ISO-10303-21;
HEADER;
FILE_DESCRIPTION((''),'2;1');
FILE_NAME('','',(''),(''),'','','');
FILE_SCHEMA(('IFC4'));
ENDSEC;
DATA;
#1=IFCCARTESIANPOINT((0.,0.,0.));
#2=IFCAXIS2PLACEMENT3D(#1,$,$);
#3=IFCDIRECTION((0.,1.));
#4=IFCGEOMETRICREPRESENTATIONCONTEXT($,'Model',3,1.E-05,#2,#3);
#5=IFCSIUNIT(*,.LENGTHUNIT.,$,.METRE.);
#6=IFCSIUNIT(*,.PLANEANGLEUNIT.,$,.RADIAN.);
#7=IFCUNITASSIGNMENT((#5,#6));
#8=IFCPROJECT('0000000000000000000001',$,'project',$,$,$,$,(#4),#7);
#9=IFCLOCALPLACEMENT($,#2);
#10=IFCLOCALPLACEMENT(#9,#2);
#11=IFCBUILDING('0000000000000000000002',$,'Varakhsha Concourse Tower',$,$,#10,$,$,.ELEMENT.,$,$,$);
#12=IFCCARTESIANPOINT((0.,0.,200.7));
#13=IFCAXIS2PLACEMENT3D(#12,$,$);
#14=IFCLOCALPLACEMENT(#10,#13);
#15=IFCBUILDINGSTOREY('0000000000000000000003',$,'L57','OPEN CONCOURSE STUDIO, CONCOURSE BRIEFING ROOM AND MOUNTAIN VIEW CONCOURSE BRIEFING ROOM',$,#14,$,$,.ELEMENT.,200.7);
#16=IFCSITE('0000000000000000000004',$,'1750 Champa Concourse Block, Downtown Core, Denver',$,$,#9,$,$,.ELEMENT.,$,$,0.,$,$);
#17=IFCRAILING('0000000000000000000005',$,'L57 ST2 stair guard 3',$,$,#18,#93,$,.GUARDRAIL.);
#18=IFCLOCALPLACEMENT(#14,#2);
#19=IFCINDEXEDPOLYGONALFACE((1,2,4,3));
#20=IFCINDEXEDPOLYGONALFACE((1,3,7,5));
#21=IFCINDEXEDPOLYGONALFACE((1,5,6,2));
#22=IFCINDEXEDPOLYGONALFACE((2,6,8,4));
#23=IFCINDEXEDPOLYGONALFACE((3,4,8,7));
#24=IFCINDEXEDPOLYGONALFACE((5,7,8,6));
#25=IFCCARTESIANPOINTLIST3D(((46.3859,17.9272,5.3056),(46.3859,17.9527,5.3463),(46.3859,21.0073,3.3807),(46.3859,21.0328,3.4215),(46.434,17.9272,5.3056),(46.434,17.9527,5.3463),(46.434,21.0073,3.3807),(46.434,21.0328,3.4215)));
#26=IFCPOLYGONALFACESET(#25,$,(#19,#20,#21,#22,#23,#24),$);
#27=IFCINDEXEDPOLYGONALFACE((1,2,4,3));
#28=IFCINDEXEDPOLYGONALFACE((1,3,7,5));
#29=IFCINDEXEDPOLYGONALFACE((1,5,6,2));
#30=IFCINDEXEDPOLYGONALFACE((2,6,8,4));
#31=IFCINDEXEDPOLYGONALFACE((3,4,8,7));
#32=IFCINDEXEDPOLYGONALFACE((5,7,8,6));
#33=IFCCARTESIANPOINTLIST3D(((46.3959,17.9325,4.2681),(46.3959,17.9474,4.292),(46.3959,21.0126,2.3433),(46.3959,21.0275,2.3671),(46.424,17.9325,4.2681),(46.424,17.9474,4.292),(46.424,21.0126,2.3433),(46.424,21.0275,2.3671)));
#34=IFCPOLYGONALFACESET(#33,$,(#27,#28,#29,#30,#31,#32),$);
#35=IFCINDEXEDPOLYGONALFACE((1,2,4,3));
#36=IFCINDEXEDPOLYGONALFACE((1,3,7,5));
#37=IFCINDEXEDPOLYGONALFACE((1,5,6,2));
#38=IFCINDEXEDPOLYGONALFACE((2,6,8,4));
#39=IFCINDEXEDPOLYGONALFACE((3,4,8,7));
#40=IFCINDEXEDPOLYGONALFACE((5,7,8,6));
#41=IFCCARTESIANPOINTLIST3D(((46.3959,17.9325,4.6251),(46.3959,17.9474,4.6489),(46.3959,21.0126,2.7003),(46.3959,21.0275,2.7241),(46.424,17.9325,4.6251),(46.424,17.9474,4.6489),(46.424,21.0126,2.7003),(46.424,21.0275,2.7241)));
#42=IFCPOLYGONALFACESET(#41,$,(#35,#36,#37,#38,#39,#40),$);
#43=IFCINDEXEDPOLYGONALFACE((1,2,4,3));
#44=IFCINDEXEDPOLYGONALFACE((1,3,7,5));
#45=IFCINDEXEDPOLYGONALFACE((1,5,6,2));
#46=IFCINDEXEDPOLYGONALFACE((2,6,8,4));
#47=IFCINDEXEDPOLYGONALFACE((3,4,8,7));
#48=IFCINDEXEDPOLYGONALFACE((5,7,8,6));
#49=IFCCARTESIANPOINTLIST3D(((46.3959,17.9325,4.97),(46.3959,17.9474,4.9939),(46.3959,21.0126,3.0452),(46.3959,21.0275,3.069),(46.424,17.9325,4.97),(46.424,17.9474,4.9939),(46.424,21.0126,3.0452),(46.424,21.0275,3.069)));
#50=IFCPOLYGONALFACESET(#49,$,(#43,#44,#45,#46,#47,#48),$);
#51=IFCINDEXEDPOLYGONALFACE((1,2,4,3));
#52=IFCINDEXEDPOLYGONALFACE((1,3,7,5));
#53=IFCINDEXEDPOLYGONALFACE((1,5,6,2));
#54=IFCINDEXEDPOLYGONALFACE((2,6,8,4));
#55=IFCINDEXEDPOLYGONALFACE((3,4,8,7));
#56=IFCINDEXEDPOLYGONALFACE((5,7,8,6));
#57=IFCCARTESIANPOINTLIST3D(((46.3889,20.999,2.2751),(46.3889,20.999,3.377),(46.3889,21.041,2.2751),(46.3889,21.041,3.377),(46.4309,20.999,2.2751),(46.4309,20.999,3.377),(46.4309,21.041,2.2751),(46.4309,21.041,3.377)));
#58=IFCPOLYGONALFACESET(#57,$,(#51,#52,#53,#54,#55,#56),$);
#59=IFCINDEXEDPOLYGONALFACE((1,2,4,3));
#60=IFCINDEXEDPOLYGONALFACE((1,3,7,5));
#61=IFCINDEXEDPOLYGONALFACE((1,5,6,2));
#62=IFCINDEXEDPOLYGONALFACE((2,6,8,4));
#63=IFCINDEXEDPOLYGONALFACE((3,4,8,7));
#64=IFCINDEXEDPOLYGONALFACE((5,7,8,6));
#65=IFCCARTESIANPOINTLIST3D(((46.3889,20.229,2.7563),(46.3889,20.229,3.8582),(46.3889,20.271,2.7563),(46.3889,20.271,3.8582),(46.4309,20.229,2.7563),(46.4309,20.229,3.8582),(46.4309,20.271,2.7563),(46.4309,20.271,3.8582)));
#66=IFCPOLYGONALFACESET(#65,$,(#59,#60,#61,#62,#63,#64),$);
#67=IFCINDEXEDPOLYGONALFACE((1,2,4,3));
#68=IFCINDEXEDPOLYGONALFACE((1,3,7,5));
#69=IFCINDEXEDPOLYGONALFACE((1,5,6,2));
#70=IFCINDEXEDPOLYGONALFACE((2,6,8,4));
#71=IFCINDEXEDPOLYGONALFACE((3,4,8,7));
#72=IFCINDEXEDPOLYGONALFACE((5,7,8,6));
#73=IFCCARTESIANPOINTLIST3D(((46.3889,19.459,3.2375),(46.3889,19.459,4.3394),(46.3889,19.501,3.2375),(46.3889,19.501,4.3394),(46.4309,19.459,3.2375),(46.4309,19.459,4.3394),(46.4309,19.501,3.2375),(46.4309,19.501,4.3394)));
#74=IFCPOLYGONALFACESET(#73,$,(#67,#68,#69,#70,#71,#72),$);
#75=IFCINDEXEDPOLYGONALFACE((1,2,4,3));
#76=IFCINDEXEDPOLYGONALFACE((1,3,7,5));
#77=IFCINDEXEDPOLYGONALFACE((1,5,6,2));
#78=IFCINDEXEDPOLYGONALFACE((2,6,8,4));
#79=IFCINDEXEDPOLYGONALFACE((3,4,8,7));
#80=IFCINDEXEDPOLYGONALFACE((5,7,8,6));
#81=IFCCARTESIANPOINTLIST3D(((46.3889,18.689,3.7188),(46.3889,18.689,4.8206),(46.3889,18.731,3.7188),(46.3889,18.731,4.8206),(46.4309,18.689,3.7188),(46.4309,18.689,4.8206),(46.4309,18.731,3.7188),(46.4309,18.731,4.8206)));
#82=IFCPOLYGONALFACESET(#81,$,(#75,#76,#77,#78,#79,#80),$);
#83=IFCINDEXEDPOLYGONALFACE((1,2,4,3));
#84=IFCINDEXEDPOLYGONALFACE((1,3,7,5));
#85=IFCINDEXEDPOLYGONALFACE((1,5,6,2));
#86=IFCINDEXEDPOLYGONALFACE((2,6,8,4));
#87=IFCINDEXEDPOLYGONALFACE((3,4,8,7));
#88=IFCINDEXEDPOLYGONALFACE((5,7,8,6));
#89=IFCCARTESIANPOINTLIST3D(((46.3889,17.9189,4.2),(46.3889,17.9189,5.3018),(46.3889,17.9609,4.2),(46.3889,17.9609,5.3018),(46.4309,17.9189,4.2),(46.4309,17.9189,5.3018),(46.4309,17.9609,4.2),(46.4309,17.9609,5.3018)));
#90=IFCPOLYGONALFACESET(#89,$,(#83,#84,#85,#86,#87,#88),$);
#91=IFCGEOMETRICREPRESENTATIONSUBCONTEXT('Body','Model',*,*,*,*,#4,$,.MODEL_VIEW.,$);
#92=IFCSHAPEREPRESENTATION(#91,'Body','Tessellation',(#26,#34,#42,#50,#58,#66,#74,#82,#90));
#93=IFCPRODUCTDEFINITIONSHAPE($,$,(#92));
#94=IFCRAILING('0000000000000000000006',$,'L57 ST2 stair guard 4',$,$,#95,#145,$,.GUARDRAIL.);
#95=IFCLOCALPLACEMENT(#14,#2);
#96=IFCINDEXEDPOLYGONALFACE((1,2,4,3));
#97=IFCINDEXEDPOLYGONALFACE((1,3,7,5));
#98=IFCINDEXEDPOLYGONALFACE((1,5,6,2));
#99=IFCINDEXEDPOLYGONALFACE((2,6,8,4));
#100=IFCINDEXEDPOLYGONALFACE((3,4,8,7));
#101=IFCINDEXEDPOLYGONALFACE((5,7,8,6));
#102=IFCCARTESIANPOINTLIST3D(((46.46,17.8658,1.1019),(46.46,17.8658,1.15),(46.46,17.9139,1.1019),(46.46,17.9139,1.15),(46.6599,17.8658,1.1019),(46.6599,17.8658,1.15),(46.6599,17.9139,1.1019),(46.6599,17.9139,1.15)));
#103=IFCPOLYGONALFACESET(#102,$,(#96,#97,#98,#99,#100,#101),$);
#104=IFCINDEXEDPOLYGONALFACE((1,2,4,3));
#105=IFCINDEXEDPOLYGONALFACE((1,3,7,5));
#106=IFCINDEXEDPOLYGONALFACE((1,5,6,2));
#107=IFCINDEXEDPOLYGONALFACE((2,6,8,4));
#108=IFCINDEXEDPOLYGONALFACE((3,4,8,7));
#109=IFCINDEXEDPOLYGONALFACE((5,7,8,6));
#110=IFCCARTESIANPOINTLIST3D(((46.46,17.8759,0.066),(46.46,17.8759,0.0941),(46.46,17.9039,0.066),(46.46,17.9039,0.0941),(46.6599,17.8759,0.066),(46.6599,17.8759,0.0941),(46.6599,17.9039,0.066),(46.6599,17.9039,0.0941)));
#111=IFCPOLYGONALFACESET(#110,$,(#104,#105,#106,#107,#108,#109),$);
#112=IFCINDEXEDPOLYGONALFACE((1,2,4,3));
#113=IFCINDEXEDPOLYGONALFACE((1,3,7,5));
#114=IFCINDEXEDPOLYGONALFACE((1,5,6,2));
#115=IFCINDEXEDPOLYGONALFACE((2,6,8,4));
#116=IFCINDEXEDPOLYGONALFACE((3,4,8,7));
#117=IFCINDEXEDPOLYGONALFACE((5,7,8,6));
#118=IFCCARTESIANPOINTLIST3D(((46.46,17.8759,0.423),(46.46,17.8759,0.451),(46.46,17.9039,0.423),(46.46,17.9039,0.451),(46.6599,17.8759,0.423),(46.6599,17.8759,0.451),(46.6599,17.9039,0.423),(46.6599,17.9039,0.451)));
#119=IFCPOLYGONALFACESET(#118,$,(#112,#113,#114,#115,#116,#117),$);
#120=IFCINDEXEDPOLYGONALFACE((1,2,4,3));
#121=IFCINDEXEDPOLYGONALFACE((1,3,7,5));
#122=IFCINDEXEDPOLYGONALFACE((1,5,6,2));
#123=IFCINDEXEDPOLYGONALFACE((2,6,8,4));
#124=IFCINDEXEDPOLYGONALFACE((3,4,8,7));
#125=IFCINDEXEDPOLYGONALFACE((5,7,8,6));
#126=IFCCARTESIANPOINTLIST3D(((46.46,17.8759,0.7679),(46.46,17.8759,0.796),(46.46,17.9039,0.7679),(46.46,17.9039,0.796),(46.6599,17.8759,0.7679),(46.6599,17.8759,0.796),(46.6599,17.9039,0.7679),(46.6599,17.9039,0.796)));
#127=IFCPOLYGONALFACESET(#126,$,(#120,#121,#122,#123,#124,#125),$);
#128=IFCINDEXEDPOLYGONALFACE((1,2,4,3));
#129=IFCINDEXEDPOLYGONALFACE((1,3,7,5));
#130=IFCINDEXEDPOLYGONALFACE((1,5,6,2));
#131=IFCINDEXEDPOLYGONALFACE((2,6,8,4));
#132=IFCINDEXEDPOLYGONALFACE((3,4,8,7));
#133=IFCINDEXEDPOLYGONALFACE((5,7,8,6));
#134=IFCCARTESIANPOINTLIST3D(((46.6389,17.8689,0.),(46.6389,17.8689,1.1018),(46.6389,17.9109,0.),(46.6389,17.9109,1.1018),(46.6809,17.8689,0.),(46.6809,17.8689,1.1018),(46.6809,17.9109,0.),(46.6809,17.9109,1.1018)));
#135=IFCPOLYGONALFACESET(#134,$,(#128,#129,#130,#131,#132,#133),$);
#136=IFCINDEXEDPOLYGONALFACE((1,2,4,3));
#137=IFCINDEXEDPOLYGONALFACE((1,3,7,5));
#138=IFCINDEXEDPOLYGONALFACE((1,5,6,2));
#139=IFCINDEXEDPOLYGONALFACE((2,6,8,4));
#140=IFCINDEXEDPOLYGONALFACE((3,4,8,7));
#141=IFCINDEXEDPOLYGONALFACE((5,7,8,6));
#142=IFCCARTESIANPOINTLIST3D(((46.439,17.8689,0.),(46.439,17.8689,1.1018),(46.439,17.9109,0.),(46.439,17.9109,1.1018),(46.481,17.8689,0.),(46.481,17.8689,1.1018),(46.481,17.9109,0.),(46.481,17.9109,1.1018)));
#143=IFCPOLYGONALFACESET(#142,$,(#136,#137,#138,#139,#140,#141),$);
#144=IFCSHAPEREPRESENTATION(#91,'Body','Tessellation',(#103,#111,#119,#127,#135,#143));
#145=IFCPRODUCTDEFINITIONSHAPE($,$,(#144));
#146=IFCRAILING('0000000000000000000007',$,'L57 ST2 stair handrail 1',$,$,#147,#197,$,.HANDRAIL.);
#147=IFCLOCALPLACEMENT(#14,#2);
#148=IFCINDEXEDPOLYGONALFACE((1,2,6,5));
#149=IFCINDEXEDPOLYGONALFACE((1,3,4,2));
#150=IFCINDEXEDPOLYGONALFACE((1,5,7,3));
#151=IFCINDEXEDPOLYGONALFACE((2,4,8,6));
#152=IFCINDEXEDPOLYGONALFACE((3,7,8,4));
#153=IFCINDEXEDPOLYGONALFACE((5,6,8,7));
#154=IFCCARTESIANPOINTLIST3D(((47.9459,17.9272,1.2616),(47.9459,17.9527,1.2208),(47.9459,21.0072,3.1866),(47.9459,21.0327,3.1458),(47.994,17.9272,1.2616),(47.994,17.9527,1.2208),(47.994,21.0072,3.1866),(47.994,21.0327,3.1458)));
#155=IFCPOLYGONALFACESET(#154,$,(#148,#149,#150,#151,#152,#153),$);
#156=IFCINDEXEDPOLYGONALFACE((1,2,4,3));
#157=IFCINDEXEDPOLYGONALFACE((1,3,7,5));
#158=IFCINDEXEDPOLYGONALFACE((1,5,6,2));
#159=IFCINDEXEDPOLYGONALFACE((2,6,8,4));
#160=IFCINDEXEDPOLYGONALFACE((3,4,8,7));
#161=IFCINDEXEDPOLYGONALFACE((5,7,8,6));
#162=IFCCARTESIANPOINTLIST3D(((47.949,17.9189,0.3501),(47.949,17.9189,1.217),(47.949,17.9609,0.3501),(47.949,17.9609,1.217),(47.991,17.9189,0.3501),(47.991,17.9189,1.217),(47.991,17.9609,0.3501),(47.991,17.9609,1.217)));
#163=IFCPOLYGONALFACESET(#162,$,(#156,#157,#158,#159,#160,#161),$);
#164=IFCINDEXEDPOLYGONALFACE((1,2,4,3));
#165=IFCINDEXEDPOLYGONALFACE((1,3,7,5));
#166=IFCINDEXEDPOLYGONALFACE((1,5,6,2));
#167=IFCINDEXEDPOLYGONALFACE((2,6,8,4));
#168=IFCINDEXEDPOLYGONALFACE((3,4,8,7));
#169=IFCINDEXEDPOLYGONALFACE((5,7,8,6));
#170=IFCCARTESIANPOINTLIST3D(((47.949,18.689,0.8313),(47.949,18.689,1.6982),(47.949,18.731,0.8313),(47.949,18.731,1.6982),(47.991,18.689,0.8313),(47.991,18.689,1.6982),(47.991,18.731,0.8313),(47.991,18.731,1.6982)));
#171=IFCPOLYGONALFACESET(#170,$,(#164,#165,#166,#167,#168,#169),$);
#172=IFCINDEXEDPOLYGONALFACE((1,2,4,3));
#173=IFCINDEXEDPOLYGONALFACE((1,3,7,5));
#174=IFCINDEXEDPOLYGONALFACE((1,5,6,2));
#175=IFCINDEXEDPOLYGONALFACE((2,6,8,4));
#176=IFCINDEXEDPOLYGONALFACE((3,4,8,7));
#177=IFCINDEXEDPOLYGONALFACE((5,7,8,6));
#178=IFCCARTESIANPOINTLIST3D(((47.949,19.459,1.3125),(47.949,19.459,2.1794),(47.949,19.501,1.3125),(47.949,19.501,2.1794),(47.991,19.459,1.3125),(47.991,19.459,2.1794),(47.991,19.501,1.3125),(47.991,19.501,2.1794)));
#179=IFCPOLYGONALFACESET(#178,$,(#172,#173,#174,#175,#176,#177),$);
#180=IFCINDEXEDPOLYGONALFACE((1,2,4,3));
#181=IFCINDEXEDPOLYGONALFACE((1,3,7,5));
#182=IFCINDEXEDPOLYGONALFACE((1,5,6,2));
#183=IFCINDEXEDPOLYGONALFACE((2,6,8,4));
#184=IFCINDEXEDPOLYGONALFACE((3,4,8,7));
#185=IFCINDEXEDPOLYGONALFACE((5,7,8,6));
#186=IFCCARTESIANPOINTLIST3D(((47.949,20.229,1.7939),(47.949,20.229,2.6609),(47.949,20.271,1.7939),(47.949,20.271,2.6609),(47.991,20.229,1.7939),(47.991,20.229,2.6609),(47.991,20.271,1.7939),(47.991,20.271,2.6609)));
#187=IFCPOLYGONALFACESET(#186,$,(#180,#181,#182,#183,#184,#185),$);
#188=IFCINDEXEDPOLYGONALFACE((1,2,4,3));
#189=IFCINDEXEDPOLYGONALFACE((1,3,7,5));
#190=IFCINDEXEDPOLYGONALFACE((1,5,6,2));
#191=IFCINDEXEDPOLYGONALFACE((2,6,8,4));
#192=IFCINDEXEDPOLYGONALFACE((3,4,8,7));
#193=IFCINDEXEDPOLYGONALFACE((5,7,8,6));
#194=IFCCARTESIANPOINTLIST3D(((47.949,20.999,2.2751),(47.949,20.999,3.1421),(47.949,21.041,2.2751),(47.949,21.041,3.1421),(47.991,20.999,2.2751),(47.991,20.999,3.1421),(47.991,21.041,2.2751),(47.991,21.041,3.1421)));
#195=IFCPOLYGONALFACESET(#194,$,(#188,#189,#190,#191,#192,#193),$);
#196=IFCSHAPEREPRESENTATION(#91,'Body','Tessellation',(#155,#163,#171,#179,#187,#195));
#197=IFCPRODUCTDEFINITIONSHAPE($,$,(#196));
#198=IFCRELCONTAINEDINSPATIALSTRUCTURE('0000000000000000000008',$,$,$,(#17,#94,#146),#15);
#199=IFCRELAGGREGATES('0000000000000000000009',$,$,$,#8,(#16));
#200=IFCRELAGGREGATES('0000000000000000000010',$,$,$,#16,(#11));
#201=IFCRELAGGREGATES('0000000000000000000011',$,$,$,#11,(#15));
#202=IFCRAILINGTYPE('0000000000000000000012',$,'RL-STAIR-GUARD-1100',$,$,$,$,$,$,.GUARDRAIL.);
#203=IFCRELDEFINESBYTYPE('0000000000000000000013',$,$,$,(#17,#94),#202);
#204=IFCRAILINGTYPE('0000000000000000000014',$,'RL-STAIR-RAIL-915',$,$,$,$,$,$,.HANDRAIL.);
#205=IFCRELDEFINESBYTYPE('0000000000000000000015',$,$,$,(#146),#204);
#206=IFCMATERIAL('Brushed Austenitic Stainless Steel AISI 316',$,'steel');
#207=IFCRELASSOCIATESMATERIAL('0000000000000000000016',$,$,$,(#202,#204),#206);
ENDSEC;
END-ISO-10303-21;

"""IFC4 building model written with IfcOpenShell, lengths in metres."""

from ifc_helpers import new_model, si_unit, direction, frame, origin, origin_2d, place, context, subcontext, project, spatial, rectangle, extrude, material, type_object, element, save


model = new_model("IFC4")

# Units and contexts
model_context = context("Model", 3, precision=1e-05, world=origin(), true_north=direction((0.0, 1.0)))
body_context = subcontext(model_context, "Body", "Model", "MODEL_VIEW")
ifc_project = project(units=[si_unit("LENGTHUNIT", "METRE"), si_unit("PLANEANGLEUNIT", "RADIAN")], contexts=[model_context])

# Site, building, storey
site_placement = place(None, origin())
site = spatial("IfcSite", under=ifc_project, at=site_placement, Name="1750 Champa Concourse Block, Downtown Core, Denver", CompositionType="ELEMENT", RefElevation=0.0)
building_placement = place(site_placement, origin())
building = spatial("IfcBuilding", under=site, at=building_placement, Name="Varakhsha Concourse Tower", CompositionType="ELEMENT")
storey_placement = place(building_placement, frame((0.0, 0.0, 200.7)))
storey = spatial("IfcBuildingStorey", under=building, at=storey_placement, Name="L57", Description="OPEN CONCOURSE STUDIO, CONCOURSE BRIEFING ROOM AND MOUNTAIN VIEW CONCOURSE BRIEFING ROOM", CompositionType="ELEMENT", Elevation=200.7)

# Railings
ifc_material_1 = material(Name="Brushed Austenitic Stainless Steel AISI 316", Category="steel")
railing_type_1 = type_object("IfcRailingType", Name="RL-STAIR-GUARD-1100", PredefinedType="GUARDRAIL", material=ifc_material_1)
railing_1_placement = place(storey_placement, frame((46.4099, 21.02, 2.2751)))
element("IfcRailing", 1, at=railing_1_placement, inside=storey, type_object=railing_type_1, Name="L57 ST2 stair guard 3", PredefinedType="GUARDRAIL", context=body_context, shape_type="SweptSolid", body=[
    extrude(rectangle(XDim=0.0481, YDim=0.0481, at=origin_2d()), frame((0.0, 0.0, 1.126), z_axis=(0.0, -0.848029, 0.529951), x_axis=(1.0, 0.0, 0.0)), (0.0, 0.0, 1.0), 3.6321),
    extrude(rectangle(XDim=0.0281, YDim=0.0281, at=origin_2d()), frame((0.0, 0.0, 0.0801), z_axis=(0.0, -0.848029, 0.529951), x_axis=(1.0, 0.0, 0.0)), (0.0, 0.0, 1.0), 3.6321),
    extrude(rectangle(XDim=0.0281, YDim=0.0281, at=origin_2d()), frame((0.0, 0.0, 0.437), z_axis=(0.0, -0.848029, 0.529951), x_axis=(1.0, 0.0, 0.0)), (0.0, 0.0, 1.0), 3.6321),
    extrude(rectangle(XDim=0.0281, YDim=0.0281, at=origin_2d()), frame((0.0, 0.0, 0.782), z_axis=(0.0, -0.848029, 0.529951), x_axis=(1.0, 0.0, 0.0)), (0.0, 0.0, 1.0), 3.6321),
    extrude(rectangle(XDim=0.042, YDim=0.042, at=origin_2d()), origin(), (0.0, 0.0, 1.0), 1.1018),
    extrude(rectangle(XDim=0.042, YDim=0.042, at=origin_2d()), frame((0.0, -0.77, 0.4812)), (0.0, 0.0, 1.0), 1.1018),
    extrude(rectangle(XDim=0.042, YDim=0.042, at=origin_2d()), frame((0.0, -1.54, 0.9624)), (0.0, 0.0, 1.0), 1.1018),
    extrude(rectangle(XDim=0.042, YDim=0.042, at=origin_2d()), frame((0.0, -2.3101, 1.4436)), (0.0, 0.0, 1.0), 1.1018),
    extrude(rectangle(XDim=0.042, YDim=0.042, at=origin_2d()), frame((0.0, -3.0801, 1.9248)), (0.0, 0.0, 1.0), 1.1018),
])
railing_2_placement = place(storey_placement, frame((46.6599, 17.8899, 0.0)))
element("IfcRailing", 2, at=railing_2_placement, inside=storey, type_object=railing_type_1, Name="L57 ST2 stair guard 4", PredefinedType="GUARDRAIL", context=body_context, shape_type="SweptSolid", body=[
    extrude(rectangle(XDim=0.0481, YDim=0.0481, at=origin_2d()), frame((0.0, 0.0, 1.126), z_axis=(-1.0, 0.0, 0.0), x_axis=(0.0, -1.0, 0.0)), (0.0, 0.0, 1.0), 0.2),
    extrude(rectangle(XDim=0.0281, YDim=0.0281, at=origin_2d()), frame((0.0, 0.0, 0.0801), z_axis=(-1.0, 0.0, 0.0), x_axis=(0.0, -1.0, 0.0)), (0.0, 0.0, 1.0), 0.2),
    extrude(rectangle(XDim=0.0281, YDim=0.0281, at=origin_2d()), frame((0.0, 0.0, 0.437), z_axis=(-1.0, 0.0, 0.0), x_axis=(0.0, -1.0, 0.0)), (0.0, 0.0, 1.0), 0.2),
    extrude(rectangle(XDim=0.0281, YDim=0.0281, at=origin_2d()), frame((0.0, 0.0, 0.782), z_axis=(-1.0, 0.0, 0.0), x_axis=(0.0, -1.0, 0.0)), (0.0, 0.0, 1.0), 0.2),
    extrude(rectangle(XDim=0.042, YDim=0.042, at=origin_2d()), origin(), (0.0, 0.0, 1.0), 1.1018),
    extrude(rectangle(XDim=0.042, YDim=0.042, at=origin_2d()), frame((-0.2, 0.0, 0.0)), (0.0, 0.0, 1.0), 1.1018),
])
railing_type_2 = type_object("IfcRailingType", Name="RL-STAIR-RAIL-915", PredefinedType="HANDRAIL", material=ifc_material_1)
railing_3_placement = place(storey_placement, frame((47.97, 17.9399, 0.3501)))
element("IfcRailing", 3, at=railing_3_placement, inside=storey, type_object=railing_type_2, Name="L57 ST2 stair handrail 1", PredefinedType="HANDRAIL", context=body_context, shape_type="SweptSolid", body=[
    extrude(rectangle(XDim=0.0481, YDim=0.0481, at=origin_2d()), frame((0.0, 0.0, 0.8911), z_axis=(0.0, 0.847998, 0.529999), x_axis=(-1.0, 0.0, 0.0)), (0.0, 0.0, 1.0), 3.6321),
    extrude(rectangle(XDim=0.042, YDim=0.042, at=origin_2d()), origin(), (0.0, 0.0, 1.0), 0.8669),
    extrude(rectangle(XDim=0.042, YDim=0.042, at=origin_2d()), frame((0.0, 0.77, 0.4812)), (0.0, 0.0, 1.0), 0.8669),
    extrude(rectangle(XDim=0.042, YDim=0.042, at=origin_2d()), frame((0.0, 1.54, 0.9624)), (0.0, 0.0, 1.0), 0.8669),
    extrude(rectangle(XDim=0.042, YDim=0.042, at=origin_2d()), frame((0.0, 2.3101, 1.4438)), (0.0, 0.0, 1.0), 0.8669),
    extrude(rectangle(XDim=0.042, YDim=0.042, at=origin_2d()), frame((0.0, 3.0801, 1.925)), (0.0, 0.0, 1.0), 0.8669),
])

save(model, "model.ifc")
